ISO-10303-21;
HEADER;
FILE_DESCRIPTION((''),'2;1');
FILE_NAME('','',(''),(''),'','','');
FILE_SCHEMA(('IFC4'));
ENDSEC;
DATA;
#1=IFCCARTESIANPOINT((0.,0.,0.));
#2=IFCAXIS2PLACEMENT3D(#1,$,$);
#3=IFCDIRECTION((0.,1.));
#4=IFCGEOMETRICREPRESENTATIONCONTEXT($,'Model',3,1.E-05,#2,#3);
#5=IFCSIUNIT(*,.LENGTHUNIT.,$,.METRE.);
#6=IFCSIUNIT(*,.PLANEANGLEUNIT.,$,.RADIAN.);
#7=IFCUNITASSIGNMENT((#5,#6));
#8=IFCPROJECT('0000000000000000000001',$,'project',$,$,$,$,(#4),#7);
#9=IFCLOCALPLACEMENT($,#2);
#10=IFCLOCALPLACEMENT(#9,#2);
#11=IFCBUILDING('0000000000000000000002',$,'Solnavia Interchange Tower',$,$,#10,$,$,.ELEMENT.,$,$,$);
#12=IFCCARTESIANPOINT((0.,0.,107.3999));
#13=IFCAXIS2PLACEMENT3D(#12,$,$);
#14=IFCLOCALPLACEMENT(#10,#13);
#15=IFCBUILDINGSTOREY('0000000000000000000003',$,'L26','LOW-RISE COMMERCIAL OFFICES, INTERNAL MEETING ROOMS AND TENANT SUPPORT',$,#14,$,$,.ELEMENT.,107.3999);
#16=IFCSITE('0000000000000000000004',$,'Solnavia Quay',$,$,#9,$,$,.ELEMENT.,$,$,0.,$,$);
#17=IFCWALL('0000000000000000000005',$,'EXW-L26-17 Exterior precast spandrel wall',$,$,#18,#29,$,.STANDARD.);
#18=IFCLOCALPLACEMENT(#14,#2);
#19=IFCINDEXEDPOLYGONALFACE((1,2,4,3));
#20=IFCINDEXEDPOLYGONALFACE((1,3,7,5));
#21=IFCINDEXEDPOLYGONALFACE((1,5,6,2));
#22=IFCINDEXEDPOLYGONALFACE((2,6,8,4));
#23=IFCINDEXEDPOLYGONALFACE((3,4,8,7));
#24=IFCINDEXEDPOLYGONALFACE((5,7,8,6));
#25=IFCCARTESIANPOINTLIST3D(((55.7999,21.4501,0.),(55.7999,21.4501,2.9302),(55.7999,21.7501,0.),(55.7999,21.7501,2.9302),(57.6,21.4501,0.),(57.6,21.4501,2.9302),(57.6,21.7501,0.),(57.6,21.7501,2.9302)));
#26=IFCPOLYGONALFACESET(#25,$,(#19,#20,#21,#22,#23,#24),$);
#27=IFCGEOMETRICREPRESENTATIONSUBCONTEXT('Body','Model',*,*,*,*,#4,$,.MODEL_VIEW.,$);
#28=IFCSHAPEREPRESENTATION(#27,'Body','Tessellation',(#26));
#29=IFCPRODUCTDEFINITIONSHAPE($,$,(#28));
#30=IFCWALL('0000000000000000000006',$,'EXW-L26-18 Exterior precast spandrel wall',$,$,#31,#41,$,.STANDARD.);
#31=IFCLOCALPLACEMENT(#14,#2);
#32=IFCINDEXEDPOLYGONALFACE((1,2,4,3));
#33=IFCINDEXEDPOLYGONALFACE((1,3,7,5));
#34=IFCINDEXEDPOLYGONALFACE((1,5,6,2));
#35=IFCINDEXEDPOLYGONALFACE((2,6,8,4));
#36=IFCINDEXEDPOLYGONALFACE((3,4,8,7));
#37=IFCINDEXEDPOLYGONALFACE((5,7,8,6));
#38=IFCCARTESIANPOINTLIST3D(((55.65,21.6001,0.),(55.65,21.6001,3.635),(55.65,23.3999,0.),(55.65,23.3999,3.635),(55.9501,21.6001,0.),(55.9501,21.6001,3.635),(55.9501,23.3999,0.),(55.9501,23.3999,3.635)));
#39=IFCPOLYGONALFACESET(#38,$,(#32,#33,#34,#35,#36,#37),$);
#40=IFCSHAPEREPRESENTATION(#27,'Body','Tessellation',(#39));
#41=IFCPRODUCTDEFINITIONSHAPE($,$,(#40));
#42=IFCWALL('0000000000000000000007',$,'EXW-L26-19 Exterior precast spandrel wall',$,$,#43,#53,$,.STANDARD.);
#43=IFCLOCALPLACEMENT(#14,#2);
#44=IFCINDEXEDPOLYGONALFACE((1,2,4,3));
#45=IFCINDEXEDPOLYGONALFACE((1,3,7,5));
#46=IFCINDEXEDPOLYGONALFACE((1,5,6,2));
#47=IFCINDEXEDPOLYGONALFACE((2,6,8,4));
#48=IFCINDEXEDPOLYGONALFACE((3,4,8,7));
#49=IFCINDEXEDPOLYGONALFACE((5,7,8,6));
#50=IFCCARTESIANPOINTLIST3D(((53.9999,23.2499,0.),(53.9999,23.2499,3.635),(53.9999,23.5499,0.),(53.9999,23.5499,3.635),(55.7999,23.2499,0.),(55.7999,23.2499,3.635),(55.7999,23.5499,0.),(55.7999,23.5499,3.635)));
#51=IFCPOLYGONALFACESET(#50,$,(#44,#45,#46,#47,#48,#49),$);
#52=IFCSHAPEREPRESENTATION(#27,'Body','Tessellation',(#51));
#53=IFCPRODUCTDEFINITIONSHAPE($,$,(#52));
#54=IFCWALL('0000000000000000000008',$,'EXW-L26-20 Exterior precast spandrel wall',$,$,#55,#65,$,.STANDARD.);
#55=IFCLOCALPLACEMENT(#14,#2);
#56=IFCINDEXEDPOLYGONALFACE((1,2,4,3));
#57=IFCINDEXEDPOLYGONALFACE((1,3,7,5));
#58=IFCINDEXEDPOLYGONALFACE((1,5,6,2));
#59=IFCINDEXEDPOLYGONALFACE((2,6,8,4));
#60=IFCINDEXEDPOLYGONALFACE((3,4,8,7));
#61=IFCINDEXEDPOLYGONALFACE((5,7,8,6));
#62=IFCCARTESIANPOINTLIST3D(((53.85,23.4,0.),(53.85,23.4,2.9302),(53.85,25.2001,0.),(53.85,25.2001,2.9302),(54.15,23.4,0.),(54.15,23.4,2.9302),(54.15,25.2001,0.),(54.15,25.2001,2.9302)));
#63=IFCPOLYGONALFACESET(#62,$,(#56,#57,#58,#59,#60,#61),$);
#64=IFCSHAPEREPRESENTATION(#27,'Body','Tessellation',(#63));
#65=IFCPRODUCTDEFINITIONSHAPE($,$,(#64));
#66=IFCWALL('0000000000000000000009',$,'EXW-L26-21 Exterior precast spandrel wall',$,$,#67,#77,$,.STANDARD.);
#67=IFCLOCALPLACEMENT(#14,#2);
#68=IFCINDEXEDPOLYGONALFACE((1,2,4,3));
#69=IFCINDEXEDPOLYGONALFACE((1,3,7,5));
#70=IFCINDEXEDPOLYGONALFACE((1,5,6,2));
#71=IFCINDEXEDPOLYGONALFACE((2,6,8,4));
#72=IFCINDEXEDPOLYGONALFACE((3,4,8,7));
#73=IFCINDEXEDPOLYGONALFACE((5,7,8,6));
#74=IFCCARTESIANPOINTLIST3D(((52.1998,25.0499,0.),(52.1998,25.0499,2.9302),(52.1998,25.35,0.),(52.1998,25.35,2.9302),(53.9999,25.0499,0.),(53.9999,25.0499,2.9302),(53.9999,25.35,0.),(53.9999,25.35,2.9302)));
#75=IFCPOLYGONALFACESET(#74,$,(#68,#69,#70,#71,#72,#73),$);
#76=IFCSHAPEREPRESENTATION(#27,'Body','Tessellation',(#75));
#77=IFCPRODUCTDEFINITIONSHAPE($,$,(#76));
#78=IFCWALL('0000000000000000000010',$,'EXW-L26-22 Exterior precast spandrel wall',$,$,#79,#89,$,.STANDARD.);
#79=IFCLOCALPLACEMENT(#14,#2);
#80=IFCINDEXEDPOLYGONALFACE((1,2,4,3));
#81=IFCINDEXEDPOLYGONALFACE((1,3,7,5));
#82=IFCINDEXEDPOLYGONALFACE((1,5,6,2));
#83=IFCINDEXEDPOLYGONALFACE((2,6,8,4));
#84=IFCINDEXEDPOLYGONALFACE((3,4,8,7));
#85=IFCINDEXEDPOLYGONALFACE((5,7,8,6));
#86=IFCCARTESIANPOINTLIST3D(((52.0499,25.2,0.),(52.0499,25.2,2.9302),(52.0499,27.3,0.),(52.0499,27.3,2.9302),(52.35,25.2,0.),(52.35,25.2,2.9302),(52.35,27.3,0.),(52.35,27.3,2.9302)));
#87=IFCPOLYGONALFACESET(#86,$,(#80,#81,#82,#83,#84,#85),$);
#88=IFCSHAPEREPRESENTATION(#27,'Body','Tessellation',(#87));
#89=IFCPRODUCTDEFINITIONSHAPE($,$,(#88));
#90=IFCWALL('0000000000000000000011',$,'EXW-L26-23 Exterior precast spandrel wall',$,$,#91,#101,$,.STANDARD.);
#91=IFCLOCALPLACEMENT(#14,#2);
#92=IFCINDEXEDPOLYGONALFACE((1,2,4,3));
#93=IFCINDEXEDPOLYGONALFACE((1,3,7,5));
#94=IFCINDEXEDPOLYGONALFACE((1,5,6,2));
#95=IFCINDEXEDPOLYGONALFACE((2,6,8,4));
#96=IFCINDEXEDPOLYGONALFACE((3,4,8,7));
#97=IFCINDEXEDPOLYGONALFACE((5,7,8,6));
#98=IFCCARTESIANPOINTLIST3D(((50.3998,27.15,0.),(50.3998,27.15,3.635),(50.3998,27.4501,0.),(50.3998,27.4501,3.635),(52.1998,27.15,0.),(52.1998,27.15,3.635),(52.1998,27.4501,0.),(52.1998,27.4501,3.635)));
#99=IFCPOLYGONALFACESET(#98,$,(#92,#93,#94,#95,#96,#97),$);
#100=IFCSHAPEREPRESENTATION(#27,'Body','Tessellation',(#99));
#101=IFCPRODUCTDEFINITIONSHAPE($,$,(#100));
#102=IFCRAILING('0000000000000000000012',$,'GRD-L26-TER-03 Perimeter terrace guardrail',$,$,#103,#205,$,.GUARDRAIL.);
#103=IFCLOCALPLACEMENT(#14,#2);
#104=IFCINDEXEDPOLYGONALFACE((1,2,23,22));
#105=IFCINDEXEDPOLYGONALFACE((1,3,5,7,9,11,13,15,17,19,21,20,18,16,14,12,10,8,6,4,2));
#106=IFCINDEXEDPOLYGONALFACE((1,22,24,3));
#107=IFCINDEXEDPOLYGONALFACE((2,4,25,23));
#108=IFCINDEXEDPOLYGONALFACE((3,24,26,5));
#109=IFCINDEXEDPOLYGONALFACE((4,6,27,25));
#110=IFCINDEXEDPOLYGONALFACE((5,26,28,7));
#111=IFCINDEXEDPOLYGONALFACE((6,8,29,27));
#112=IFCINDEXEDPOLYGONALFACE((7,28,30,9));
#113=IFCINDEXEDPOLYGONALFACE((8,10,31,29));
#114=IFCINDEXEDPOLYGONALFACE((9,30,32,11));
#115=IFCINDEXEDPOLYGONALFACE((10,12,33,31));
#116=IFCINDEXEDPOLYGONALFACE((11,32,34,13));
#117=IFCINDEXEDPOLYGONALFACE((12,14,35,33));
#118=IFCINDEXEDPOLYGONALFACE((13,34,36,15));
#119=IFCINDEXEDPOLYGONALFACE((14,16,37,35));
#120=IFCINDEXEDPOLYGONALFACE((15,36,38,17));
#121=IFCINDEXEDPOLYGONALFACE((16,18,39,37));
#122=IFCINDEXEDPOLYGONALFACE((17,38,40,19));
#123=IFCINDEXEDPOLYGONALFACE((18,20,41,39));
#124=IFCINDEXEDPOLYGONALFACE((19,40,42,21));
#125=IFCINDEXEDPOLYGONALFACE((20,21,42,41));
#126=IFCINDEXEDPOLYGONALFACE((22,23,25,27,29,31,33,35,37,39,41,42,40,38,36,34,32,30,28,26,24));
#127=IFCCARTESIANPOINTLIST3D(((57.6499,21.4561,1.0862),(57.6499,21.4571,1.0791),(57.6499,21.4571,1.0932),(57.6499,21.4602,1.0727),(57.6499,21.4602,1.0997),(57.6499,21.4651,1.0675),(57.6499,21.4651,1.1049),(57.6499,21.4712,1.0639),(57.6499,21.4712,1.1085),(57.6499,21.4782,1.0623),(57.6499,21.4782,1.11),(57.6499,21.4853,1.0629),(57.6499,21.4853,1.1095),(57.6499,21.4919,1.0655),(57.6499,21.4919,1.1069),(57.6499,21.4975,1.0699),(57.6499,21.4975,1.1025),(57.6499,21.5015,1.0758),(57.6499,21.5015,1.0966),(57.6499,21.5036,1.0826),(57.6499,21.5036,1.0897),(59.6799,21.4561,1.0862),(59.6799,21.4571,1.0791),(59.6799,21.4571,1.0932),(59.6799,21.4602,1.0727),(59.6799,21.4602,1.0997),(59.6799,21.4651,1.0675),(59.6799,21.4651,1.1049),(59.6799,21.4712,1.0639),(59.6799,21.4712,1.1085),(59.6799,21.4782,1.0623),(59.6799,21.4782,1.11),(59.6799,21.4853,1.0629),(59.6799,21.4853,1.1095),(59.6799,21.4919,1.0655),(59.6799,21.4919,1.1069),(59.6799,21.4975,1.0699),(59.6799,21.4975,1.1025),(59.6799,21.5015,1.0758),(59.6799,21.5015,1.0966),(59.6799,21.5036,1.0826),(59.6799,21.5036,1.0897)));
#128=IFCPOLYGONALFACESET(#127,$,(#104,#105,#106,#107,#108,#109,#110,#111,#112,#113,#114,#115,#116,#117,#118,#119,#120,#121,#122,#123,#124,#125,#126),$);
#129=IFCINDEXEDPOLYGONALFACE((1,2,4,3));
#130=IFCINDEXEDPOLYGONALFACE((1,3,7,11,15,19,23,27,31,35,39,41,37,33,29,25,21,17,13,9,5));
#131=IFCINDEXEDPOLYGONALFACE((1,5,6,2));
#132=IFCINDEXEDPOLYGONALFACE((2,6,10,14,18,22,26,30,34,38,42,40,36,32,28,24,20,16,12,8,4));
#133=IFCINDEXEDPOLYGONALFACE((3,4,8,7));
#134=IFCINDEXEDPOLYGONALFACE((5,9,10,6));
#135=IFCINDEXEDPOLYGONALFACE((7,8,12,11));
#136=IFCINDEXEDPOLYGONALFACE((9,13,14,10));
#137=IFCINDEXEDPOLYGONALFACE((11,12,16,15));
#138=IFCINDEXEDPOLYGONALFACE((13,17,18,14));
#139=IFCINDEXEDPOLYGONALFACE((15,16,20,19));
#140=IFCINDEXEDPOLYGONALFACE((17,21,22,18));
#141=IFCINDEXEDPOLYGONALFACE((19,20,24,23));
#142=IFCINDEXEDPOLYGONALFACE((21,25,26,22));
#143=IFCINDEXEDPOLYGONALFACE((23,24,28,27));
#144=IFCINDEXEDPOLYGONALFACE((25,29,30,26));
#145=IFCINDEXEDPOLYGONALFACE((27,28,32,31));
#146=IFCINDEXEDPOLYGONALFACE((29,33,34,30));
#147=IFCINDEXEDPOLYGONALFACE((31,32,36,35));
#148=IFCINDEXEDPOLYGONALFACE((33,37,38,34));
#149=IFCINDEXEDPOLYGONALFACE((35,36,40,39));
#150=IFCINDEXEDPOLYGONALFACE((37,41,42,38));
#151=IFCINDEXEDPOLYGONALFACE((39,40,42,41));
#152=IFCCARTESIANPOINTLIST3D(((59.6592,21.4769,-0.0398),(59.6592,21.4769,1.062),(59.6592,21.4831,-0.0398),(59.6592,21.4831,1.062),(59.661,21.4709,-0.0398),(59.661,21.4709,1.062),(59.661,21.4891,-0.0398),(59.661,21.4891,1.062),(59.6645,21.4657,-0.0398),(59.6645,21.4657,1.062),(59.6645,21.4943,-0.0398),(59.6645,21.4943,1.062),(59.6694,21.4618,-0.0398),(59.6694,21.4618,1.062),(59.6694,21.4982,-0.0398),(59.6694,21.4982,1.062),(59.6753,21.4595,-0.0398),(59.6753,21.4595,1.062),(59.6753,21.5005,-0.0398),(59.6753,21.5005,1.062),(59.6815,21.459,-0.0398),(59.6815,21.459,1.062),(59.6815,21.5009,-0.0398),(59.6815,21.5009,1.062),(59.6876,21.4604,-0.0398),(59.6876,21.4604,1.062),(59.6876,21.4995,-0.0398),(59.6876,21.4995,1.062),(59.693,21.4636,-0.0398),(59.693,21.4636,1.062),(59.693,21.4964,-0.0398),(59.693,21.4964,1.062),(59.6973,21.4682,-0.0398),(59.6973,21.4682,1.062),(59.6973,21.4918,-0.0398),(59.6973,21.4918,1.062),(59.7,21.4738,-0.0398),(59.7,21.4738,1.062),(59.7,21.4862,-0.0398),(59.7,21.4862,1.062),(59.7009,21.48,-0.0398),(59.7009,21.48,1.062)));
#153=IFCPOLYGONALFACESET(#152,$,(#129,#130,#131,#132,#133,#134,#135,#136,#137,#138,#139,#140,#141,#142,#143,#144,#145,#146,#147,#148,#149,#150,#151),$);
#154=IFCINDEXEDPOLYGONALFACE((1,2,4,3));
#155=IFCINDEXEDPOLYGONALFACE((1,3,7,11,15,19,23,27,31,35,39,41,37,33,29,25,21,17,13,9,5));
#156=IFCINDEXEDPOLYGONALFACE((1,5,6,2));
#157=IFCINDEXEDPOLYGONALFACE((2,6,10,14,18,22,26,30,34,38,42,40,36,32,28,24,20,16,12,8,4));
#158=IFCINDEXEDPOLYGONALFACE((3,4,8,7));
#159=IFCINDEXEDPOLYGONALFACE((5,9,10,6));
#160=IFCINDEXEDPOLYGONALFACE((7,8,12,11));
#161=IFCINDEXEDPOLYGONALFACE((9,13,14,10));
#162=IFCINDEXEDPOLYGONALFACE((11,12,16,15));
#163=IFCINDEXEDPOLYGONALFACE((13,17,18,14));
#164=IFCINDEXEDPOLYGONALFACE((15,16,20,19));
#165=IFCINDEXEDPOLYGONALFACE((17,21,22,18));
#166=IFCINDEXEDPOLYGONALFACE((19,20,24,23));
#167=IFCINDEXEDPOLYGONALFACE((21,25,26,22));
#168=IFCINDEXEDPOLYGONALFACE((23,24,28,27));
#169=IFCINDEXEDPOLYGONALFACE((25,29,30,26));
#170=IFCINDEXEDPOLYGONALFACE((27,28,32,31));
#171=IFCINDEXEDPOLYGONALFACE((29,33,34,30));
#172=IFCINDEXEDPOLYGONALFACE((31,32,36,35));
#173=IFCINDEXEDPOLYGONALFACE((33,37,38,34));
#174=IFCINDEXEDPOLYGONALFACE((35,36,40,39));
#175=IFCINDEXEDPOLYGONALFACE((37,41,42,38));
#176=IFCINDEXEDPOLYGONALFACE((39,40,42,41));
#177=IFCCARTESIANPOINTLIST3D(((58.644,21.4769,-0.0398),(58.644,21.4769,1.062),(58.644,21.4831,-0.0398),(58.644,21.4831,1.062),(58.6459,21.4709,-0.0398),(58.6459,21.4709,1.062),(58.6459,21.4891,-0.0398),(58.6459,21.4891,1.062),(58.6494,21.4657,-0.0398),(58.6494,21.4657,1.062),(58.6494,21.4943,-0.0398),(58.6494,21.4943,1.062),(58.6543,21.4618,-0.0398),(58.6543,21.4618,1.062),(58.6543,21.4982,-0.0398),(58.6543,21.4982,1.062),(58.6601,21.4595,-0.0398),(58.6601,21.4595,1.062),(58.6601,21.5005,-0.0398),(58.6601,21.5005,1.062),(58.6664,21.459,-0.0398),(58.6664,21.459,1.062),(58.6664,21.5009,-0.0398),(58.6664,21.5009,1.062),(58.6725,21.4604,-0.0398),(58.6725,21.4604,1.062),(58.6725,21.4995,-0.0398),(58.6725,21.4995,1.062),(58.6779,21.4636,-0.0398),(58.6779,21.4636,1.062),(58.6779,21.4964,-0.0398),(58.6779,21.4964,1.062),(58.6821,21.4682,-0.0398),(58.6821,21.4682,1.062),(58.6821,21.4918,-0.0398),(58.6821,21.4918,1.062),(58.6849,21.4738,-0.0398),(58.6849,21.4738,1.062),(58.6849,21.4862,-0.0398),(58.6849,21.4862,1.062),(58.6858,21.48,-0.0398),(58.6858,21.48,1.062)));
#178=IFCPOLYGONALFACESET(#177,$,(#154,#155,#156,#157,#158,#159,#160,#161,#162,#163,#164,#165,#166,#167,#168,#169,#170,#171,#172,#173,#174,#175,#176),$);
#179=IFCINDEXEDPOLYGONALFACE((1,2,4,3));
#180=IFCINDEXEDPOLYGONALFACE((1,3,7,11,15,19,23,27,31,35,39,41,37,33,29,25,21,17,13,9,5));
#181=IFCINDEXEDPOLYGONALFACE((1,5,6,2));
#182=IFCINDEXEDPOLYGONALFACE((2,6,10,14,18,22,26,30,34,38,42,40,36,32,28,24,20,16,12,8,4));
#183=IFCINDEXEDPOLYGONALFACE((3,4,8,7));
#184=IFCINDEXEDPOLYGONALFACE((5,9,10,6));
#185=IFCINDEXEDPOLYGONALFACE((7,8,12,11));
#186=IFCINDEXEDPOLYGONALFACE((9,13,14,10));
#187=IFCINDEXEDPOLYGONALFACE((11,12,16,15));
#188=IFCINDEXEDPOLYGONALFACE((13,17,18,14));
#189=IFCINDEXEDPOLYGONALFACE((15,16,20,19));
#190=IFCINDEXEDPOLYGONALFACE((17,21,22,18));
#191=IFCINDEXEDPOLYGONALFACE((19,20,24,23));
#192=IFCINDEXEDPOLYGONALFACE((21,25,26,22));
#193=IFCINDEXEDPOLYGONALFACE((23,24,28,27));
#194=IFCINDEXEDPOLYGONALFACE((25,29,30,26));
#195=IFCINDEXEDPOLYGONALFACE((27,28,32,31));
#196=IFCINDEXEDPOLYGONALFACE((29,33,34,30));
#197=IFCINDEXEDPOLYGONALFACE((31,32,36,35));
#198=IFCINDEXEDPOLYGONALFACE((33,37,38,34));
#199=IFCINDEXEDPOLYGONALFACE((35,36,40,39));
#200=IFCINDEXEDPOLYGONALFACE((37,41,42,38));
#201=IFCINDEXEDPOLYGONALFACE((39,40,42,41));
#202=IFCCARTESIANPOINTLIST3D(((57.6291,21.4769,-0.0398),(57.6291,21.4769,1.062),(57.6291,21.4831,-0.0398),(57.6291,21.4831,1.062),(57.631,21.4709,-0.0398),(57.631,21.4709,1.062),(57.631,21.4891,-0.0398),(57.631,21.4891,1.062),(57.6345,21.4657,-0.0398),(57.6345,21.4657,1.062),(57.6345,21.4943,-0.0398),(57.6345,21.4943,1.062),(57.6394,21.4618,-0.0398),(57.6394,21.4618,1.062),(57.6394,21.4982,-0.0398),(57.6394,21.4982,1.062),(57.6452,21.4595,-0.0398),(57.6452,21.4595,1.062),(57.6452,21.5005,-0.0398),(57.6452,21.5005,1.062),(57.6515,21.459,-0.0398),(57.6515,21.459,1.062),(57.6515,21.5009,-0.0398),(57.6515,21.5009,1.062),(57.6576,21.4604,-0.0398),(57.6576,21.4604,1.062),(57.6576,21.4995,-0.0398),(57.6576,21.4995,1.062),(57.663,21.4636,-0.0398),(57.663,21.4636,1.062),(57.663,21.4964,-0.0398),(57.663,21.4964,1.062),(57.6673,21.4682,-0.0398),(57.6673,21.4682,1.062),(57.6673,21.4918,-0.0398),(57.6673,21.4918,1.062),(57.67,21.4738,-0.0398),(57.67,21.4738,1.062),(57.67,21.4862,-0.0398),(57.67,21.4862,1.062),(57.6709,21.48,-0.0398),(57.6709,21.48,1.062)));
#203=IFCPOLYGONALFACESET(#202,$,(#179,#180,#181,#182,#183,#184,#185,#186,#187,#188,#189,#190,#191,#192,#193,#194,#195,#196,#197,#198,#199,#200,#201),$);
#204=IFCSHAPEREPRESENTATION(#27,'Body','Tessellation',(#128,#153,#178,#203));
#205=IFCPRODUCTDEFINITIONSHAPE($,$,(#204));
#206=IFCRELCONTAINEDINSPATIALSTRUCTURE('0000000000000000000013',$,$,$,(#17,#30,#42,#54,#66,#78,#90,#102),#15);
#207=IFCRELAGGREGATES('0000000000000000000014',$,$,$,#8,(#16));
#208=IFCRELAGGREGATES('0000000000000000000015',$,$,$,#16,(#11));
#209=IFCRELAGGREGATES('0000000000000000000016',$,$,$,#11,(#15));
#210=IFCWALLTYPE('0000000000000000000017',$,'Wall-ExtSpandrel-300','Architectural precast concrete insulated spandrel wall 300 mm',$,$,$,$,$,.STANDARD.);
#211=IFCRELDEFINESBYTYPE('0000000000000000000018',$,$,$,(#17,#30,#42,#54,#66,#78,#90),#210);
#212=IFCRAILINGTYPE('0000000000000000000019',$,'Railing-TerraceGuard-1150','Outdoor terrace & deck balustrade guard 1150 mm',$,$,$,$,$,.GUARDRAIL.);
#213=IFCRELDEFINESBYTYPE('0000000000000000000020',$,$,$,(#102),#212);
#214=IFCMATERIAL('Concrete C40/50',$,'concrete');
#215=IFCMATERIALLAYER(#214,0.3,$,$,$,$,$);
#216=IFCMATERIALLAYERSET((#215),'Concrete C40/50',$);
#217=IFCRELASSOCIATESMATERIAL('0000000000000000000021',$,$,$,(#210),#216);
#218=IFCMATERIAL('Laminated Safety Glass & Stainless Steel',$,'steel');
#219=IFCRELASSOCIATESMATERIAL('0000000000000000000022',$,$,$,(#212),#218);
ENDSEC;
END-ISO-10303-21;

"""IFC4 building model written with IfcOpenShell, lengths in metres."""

from ifc_helpers import new_model, si_unit, direction, frame, frame_2d, origin, origin_2d, place, context, subcontext, project, spatial, rectangle, circle, extrude, material, layer, layer_set, type_object, element, save


model = new_model("IFC4")

# Units and contexts
model_context = context("Model", 3, precision=1e-05, world=origin(), true_north=direction((0.0, 1.0)))
body_context = subcontext(model_context, "Body", "Model", "MODEL_VIEW")
ifc_project = project(units=[si_unit("LENGTHUNIT", "METRE"), si_unit("PLANEANGLEUNIT", "RADIAN")], contexts=[model_context])

# Site, building, storey
site_placement = place(None, origin())
site = spatial("IfcSite", under=ifc_project, at=site_placement, Name="Solnavia Quay", CompositionType="ELEMENT", RefElevation=0.0)
building_placement = place(site_placement, origin())
building = spatial("IfcBuilding", under=site, at=building_placement, Name="Solnavia Interchange Tower", CompositionType="ELEMENT")
storey_placement = place(building_placement, frame((0.0, 0.0, 107.3999)))
storey = spatial("IfcBuildingStorey", under=building, at=storey_placement, Name="L26", Description="LOW-RISE COMMERCIAL OFFICES, INTERNAL MEETING ROOMS AND TENANT SUPPORT", CompositionType="ELEMENT", Elevation=107.3999)

# Walls
ifc_material_1 = material(Name="Concrete C40/50", Category="concrete")
ifc_layer_1 = layer(ifc_material_1, 0.3)
ifc_layer_set_1 = layer_set([ifc_layer_1], Name="Concrete C40/50")
wall_type = type_object("IfcWallType", Name="Wall-ExtSpandrel-300", Description="Architectural precast concrete insulated spandrel wall 300 mm", PredefinedType="STANDARD", material=ifc_layer_set_1)
wall_1_placement = place(storey_placement, frame((55.8, 21.6001, 0.0), z_axis=(0.0, 0.0, 1.0), x_axis=(1.0, 0.0, 0.0)))
element("IfcWall", 1, at=wall_1_placement, inside=storey, type_object=wall_type, Name="EXW-L26-17 Exterior precast spandrel wall", PredefinedType="STANDARD", context=body_context, shape_type="SweptSolid", body=[
    extrude(rectangle(XDim=1.8, YDim=0.3, at=frame_2d((0.8999, 0.0))), origin(), (0.0, 0.0, 1.0), 2.9302),
])
wall_2_placement = place(storey_placement, frame((55.8, 23.3999, 0.0), z_axis=(0.0, 0.0, 1.0), x_axis=(0.0, -1.0, 0.0)))
element("IfcWall", 2, at=wall_2_placement, inside=storey, type_object=wall_type, Name="EXW-L26-18 Exterior precast spandrel wall", PredefinedType="STANDARD", context=body_context, shape_type="SweptSolid", body=[
    extrude(rectangle(XDim=1.7998, YDim=0.3, at=frame_2d((0.8999, 0.0))), origin(), (0.0, 0.0, 1.0), 3.635),
])
wall_3_placement = place(storey_placement, frame((54.0, 23.3999, 0.0), z_axis=(0.0, 0.0, 1.0), x_axis=(1.0, 0.0, 0.0)))
element("IfcWall", 3, at=wall_3_placement, inside=storey, type_object=wall_type, Name="EXW-L26-19 Exterior precast spandrel wall", PredefinedType="STANDARD", context=body_context, shape_type="SweptSolid", body=[
    extrude(rectangle(XDim=1.8, YDim=0.3, at=frame_2d((0.8999, 0.0))), origin(), (0.0, 0.0, 1.0), 3.635),
])
for number, where, z_axis, x_axis, name in (
    (4, (54.0, 25.2, 0.0), (0.0, 0.0, 1.0), (0.0, -1.0, 0.0), "EXW-L26-20 Exterior precast spandrel wall"),
    (5, (52.2, 25.2, 0.0), (0.0, 0.0, 1.0), (1.0, 0.0, 0.0), "EXW-L26-21 Exterior precast spandrel wall"),
):
    element("IfcWall", number, at=place(storey_placement, frame(where, z_axis=z_axis, x_axis=x_axis)), inside=storey, type_object=wall_type, Name=name, PredefinedType="STANDARD", context=body_context, shape_type="SweptSolid", body=[
        extrude(rectangle(XDim=1.8, YDim=0.3, at=frame_2d((0.8999, 0.0))), origin(), (0.0, 0.0, 1.0), 2.9302),
    ])
wall_4_placement = place(storey_placement, frame((52.2, 27.3, 0.0), z_axis=(0.0, 0.0, 1.0), x_axis=(0.0, -1.0, 0.0)))
element("IfcWall", 6, at=wall_4_placement, inside=storey, type_object=wall_type, Name="EXW-L26-22 Exterior precast spandrel wall", PredefinedType="STANDARD", context=body_context, shape_type="SweptSolid", body=[
    extrude(rectangle(XDim=2.1001, YDim=0.3, at=frame_2d((1.05, 0.0))), origin(), (0.0, 0.0, 1.0), 2.9302),
])
wall_5_placement = place(storey_placement, frame((50.3999, 27.3, 0.0), z_axis=(0.0, 0.0, 1.0), x_axis=(1.0, 0.0, 0.0)))
element("IfcWall", 7, at=wall_5_placement, inside=storey, type_object=wall_type, Name="EXW-L26-23 Exterior precast spandrel wall", PredefinedType="STANDARD", context=body_context, shape_type="SweptSolid", body=[
    extrude(rectangle(XDim=1.8, YDim=0.3, at=frame_2d((0.8999, 0.0))), origin(), (0.0, 0.0, 1.0), 3.635),
])

# Railing
ifc_material_2 = material(Name="Laminated Safety Glass & Stainless Steel", Category="steel")
railing_type = type_object("IfcRailingType", Name="Railing-TerraceGuard-1150", Description="Outdoor terrace & deck balustrade guard 1150 mm", PredefinedType="GUARDRAIL", material=ifc_material_2)
railing_placement = place(storey_placement, frame((59.6799, 21.48, -0.0398)))
element("IfcRailing", 8, at=railing_placement, inside=storey, type_object=railing_type, Name="GRD-L26-TER-03 Perimeter terrace guardrail", PredefinedType="GUARDRAIL", context=body_context, shape_type="SweptSolid", body=[
    extrude(circle(Radius=0.0239, at=origin_2d()), frame((0.0, 0.0, 1.126), z_axis=(-1.0, 0.0, 0.0), x_axis=(0.0, -1.0, 0.0)), (0.0, 0.0, 1.0), 2.03),
    extrude(circle(Radius=0.021, at=origin_2d()), origin(), (0.0, 0.0, 1.0), 1.1018),
    extrude(circle(Radius=0.021, at=origin_2d()), frame((-1.0151, 0.0, 0.0)), (0.0, 0.0, 1.0), 1.1018),
    extrude(circle(Radius=0.021, at=origin_2d()), frame((-2.03, 0.0, 0.0)), (0.0, 0.0, 1.0), 1.1018),
])

save(model, "model.ifc")
